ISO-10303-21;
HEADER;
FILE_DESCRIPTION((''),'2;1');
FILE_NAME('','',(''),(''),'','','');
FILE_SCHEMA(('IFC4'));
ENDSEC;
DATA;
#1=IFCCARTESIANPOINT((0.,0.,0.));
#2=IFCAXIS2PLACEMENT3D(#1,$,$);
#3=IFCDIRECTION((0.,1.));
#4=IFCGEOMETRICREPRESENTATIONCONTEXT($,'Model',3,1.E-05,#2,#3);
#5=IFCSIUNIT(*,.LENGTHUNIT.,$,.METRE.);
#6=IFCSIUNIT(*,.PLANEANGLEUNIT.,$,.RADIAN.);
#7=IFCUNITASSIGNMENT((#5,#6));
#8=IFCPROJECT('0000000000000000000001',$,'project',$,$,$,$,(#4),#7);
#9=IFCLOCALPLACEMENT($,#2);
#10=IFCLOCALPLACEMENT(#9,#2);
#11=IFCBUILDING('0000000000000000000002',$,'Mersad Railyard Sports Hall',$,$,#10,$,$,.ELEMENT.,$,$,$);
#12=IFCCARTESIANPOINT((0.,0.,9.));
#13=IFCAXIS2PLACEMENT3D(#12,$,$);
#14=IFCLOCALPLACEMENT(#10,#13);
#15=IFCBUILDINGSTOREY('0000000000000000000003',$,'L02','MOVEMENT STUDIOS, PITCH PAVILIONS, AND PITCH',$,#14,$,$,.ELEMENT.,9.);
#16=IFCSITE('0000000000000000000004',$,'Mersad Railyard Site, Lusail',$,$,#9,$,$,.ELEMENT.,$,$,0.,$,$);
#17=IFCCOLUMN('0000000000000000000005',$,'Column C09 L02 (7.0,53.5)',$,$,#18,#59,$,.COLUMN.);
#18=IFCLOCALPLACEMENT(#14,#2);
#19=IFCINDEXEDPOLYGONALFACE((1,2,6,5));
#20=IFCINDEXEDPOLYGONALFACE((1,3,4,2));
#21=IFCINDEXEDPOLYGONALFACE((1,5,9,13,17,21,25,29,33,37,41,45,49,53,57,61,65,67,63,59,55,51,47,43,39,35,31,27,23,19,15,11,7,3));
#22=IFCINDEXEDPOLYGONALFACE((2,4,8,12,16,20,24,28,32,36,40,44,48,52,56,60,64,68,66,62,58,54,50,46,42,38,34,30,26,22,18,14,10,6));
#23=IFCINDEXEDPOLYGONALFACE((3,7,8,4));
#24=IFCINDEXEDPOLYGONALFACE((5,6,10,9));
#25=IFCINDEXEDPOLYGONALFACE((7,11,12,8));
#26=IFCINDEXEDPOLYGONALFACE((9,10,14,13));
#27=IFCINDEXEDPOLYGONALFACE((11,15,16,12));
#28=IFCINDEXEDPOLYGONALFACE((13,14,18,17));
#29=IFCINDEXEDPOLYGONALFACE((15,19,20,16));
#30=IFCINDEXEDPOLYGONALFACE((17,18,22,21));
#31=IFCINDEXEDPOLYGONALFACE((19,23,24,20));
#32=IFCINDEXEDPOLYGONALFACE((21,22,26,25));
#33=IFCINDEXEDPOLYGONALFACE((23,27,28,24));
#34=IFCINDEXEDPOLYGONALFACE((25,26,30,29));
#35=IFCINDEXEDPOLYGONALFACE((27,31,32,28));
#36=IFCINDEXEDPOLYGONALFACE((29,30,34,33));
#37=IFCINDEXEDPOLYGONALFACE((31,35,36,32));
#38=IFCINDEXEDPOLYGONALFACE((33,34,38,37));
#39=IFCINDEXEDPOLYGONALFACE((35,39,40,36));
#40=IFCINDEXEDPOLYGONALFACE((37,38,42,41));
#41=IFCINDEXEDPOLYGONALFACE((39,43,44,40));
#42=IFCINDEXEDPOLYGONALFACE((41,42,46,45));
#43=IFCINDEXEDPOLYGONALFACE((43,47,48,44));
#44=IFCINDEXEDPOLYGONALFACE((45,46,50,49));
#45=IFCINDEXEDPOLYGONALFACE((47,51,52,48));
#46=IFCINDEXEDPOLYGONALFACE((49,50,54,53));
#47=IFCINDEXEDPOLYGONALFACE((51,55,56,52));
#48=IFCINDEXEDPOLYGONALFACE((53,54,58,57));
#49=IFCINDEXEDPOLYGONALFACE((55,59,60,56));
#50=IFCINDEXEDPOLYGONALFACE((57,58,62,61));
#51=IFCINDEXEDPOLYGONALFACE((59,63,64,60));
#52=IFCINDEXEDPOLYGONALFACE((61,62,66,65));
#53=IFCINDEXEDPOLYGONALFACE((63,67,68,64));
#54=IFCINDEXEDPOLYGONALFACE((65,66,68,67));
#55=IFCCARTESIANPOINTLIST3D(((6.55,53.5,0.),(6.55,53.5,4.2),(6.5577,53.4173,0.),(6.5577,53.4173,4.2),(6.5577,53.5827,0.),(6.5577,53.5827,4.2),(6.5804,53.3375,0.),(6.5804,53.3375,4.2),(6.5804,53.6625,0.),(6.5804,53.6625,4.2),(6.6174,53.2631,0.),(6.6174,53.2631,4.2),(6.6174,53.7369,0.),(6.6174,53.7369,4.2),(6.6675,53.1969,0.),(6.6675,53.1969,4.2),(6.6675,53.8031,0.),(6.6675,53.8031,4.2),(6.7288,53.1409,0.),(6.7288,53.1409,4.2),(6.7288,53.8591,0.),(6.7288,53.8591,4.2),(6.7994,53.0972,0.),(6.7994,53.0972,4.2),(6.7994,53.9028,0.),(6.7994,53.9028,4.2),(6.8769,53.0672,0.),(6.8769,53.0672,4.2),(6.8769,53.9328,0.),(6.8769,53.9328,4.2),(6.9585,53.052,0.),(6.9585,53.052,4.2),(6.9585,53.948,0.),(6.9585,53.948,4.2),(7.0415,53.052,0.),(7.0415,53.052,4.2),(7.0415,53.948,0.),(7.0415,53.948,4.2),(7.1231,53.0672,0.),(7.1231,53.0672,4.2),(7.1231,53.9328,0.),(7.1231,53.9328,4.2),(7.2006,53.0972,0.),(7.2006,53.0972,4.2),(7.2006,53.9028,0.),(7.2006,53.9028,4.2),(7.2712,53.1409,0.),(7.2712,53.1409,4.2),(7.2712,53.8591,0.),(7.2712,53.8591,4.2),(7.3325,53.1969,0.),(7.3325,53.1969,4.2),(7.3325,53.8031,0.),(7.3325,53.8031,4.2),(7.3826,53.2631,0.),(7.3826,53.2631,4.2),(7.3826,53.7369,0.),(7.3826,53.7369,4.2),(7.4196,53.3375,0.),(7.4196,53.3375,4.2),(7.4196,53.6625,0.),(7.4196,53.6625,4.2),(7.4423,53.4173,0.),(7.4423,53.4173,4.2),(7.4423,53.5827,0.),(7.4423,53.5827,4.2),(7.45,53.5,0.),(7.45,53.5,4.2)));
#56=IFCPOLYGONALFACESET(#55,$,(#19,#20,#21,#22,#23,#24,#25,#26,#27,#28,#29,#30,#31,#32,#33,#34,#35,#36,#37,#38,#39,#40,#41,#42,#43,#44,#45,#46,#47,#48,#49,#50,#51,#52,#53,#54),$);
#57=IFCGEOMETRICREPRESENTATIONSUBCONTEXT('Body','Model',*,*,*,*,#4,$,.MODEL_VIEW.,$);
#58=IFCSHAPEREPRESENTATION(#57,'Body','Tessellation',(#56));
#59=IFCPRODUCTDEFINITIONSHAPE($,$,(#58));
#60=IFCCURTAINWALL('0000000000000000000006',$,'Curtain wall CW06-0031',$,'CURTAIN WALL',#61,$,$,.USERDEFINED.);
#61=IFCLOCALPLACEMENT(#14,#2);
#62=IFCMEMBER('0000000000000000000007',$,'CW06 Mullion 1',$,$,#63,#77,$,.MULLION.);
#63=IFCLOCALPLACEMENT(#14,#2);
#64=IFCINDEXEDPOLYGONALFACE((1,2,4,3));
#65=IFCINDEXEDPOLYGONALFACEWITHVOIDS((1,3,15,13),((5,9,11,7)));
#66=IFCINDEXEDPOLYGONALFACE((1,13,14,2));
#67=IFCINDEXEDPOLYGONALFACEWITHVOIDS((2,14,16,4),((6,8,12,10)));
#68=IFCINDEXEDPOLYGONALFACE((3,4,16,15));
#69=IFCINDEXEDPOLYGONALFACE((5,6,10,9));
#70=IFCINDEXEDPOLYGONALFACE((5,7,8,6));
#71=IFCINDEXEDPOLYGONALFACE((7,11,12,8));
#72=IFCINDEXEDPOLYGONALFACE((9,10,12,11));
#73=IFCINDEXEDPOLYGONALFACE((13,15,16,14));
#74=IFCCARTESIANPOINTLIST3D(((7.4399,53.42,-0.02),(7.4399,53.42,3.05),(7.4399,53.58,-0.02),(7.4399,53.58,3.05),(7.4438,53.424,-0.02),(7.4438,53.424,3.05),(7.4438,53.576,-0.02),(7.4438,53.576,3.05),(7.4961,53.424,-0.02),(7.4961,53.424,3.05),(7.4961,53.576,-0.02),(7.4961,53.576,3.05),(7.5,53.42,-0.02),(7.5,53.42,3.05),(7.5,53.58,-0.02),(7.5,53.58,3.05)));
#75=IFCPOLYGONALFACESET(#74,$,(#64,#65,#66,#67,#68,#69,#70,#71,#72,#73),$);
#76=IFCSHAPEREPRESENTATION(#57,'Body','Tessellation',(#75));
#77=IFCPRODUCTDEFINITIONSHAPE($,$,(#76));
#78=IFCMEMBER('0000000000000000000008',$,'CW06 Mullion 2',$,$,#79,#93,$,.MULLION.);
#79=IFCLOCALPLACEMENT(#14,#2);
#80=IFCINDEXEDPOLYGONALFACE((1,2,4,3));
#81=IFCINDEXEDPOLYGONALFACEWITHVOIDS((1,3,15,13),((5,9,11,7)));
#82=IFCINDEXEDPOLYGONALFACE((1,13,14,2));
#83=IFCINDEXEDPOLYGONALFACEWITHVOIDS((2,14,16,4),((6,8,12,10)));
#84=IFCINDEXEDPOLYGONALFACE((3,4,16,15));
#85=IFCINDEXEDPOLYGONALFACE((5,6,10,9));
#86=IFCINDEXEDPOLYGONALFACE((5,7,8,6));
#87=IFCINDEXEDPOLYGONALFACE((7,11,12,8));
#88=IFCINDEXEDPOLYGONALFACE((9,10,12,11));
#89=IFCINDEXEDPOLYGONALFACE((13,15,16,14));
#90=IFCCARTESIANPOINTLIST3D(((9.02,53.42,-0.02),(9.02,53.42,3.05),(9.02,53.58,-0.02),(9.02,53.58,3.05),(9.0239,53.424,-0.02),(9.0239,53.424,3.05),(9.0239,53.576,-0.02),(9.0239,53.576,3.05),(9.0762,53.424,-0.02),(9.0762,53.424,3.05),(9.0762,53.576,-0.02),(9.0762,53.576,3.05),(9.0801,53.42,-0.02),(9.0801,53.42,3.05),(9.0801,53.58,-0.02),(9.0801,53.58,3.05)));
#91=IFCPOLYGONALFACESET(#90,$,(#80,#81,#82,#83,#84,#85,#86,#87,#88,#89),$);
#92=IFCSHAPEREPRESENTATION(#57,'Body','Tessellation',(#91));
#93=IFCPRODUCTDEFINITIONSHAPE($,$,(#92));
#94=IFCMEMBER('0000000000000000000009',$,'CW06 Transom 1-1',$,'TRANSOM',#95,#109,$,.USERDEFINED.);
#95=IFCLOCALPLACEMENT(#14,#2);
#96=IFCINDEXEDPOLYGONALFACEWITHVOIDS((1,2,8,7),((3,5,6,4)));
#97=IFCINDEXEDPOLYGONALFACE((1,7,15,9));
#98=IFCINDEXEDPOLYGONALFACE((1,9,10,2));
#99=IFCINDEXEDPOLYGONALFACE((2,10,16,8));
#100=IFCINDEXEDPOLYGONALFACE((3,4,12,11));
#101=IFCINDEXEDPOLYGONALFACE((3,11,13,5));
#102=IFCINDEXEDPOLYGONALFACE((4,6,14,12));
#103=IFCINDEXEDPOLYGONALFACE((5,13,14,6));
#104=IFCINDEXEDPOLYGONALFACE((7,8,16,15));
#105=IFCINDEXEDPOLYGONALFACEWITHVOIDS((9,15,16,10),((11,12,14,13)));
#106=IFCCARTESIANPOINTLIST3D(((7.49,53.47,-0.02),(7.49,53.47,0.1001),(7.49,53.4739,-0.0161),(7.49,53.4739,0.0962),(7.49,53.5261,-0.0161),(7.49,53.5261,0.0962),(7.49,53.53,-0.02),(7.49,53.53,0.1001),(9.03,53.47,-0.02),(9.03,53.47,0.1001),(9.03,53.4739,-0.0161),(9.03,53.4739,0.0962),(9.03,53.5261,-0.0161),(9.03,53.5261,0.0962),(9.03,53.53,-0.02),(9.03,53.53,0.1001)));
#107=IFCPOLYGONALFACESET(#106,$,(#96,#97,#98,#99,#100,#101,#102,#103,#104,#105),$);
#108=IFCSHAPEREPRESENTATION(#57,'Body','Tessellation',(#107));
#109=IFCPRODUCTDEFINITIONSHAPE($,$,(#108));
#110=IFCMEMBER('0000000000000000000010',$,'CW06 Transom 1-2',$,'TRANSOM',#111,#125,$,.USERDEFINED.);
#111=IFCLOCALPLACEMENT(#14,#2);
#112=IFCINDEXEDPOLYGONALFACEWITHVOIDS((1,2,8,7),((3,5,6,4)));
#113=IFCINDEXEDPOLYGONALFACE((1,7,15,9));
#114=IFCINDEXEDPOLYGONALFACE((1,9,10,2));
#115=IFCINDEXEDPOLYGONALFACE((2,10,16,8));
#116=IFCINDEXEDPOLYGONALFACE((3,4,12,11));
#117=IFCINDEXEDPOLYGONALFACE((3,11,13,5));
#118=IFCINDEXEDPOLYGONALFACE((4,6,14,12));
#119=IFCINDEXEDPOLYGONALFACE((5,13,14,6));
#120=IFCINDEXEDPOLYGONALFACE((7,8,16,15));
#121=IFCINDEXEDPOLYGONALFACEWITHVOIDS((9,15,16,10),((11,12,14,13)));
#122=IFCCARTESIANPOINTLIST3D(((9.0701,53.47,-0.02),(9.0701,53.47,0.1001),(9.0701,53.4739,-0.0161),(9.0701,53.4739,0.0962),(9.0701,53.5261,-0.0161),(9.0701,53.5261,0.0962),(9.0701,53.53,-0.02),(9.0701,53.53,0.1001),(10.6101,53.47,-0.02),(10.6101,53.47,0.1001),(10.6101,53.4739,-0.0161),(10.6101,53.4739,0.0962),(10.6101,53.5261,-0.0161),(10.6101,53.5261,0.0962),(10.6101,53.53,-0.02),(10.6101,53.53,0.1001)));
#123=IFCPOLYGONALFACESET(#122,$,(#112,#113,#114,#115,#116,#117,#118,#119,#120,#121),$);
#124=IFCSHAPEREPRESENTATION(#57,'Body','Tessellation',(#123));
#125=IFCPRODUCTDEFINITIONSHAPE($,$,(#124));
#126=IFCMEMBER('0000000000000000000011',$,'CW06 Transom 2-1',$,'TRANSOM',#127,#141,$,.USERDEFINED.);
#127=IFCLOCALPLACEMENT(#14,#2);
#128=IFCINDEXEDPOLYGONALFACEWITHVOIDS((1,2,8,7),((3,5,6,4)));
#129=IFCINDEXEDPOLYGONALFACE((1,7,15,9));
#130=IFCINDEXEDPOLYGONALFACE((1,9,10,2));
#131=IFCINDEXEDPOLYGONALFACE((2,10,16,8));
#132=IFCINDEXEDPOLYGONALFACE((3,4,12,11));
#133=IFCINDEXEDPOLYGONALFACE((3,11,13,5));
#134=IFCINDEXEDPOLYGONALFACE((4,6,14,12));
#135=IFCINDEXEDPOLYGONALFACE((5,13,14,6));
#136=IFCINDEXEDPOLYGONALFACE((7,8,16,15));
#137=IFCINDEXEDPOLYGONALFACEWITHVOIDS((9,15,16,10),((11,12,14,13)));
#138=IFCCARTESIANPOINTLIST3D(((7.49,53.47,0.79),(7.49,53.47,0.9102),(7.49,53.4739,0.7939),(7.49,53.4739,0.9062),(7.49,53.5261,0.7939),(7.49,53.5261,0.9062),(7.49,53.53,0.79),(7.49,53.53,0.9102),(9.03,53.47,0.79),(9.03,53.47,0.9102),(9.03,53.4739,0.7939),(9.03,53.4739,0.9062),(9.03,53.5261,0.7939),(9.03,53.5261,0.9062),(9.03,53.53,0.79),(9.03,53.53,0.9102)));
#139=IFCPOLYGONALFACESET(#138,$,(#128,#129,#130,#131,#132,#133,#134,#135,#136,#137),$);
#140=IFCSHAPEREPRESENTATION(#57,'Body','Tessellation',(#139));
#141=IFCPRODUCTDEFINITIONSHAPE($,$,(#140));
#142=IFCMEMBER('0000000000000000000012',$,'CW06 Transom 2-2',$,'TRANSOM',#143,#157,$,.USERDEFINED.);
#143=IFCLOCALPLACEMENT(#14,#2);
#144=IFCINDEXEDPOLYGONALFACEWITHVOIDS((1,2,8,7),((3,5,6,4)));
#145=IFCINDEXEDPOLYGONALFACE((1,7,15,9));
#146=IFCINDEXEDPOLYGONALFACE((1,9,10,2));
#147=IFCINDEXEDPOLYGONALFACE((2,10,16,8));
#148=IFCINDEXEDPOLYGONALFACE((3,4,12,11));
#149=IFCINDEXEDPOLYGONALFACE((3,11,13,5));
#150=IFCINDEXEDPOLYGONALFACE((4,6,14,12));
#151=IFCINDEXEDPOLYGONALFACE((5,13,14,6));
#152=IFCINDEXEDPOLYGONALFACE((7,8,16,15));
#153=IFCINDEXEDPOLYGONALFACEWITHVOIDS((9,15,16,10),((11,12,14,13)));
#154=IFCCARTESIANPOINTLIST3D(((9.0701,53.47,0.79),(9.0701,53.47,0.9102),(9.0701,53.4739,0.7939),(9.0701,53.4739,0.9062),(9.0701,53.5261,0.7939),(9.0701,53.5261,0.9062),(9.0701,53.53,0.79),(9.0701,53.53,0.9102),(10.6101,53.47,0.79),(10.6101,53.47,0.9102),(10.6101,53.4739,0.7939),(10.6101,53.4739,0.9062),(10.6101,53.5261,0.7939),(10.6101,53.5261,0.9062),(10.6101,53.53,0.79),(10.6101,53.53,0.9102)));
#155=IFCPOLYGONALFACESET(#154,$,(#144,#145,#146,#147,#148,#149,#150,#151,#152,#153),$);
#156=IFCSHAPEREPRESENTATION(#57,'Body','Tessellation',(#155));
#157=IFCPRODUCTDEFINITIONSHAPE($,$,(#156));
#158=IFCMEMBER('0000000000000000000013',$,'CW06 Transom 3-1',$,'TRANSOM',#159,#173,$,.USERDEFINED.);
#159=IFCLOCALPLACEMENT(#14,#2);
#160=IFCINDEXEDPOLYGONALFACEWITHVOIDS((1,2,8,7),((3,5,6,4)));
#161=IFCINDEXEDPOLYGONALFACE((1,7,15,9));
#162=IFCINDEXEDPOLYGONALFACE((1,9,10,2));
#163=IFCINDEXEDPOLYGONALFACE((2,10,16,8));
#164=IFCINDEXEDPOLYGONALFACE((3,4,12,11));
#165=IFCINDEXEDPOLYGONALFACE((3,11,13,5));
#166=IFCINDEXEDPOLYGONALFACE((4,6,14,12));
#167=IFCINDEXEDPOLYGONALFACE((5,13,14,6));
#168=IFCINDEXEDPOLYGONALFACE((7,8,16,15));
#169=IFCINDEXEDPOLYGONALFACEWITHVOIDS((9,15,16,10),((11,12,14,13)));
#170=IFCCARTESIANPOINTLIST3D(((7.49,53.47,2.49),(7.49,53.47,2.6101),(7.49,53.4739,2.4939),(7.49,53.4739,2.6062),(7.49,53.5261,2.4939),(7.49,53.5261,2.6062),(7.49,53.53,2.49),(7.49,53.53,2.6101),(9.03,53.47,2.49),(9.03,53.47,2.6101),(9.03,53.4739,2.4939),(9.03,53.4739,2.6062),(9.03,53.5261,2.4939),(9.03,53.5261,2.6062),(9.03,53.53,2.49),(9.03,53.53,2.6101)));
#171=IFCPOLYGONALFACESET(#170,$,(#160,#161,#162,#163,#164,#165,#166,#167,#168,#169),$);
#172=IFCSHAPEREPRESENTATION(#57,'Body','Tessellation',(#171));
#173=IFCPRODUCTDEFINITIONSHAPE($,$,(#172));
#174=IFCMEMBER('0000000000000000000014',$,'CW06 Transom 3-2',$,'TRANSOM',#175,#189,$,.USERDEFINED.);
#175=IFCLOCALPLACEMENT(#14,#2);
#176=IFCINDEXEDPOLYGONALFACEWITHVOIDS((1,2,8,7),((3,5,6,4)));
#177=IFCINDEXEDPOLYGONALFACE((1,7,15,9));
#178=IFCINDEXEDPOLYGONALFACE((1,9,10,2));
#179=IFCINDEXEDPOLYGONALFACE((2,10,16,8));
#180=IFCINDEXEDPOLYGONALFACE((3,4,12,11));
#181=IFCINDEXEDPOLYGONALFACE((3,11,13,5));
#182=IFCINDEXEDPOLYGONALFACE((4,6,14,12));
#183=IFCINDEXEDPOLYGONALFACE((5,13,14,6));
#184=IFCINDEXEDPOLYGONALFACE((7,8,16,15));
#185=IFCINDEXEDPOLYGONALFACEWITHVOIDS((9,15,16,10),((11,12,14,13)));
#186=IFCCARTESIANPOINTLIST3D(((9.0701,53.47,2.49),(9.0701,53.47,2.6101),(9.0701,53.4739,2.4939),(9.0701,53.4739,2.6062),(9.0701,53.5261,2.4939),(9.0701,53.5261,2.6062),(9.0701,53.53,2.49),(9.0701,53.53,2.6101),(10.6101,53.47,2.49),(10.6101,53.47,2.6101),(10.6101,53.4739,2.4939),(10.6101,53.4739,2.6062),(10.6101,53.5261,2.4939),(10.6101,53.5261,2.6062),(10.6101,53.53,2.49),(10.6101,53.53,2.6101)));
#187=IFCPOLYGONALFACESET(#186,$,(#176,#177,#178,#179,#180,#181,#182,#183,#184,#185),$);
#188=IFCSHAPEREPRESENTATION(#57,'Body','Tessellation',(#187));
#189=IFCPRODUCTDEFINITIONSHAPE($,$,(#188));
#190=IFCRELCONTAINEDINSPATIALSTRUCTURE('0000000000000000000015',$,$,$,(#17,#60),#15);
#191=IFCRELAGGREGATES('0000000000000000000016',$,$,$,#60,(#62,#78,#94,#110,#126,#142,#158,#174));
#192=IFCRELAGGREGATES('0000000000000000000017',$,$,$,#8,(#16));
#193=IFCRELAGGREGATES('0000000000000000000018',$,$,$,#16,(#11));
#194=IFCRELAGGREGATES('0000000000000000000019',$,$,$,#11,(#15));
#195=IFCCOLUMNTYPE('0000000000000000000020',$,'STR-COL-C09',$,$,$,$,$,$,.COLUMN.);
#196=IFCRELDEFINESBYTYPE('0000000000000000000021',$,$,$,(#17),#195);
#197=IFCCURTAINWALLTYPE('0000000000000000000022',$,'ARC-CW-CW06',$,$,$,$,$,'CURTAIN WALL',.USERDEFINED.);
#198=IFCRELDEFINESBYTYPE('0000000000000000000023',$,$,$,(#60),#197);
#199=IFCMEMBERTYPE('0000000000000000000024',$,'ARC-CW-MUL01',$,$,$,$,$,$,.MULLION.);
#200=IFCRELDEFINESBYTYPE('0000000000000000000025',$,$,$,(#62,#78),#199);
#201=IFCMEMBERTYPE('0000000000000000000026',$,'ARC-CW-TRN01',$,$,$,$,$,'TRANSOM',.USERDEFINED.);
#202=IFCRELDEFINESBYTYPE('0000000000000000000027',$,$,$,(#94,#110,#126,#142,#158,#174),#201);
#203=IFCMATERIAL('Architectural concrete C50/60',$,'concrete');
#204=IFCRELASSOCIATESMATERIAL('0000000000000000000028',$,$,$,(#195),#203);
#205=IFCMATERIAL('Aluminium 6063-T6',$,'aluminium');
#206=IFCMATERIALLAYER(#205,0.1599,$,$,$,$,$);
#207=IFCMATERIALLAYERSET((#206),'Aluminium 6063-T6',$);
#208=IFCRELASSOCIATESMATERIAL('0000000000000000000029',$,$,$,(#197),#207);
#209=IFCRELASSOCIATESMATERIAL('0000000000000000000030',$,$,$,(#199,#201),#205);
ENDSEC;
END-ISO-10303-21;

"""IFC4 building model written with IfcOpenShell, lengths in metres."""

from ifc_helpers import new_model, si_unit, direction, frame, origin, origin_2d, place, context, subcontext, project, spatial, hollow_rectangle, circle, extrude, material, layer, layer_set, material_profile, profile_set, type_object, element, aggregate, save


model = new_model("IFC4")

# Units and contexts
model_context = context("Model", 3, precision=1e-05, world=origin(), true_north=direction((0.0, 1.0)))
body_context = subcontext(model_context, "Body", "Model", "MODEL_VIEW")
ifc_project = project(units=[si_unit("LENGTHUNIT", "METRE"), si_unit("PLANEANGLEUNIT", "RADIAN")], contexts=[model_context])

# Site, building, storey
site_placement = place(None, origin())
site = spatial("IfcSite", under=ifc_project, at=site_placement, Name="Mersad Railyard Site, Lusail", CompositionType="ELEMENT", RefElevation=0.0)
building_placement = place(site_placement, origin())
building = spatial("IfcBuilding", under=site, at=building_placement, Name="Mersad Railyard Sports Hall", CompositionType="ELEMENT")
storey_placement = place(building_placement, frame((0.0, 0.0, 9.0)))
storey = spatial("IfcBuildingStorey", under=building, at=storey_placement, Name="L02", Description="MOVEMENT STUDIOS, PITCH PAVILIONS, AND PITCH", CompositionType="ELEMENT", Elevation=9.0)

# Column
ifc_material_1 = material(Name="Architectural concrete C50/60", Category="concrete")
ifc_material_profile_1 = material_profile(ifc_material_1, circle(Radius=0.45, at=origin_2d()), Name="RC D900")
ifc_profile_set_1 = profile_set([ifc_material_profile_1], Name="Architectural concrete C50/60")
column_type = type_object("IfcColumnType", Name="STR-COL-C09", PredefinedType="COLUMN", material=ifc_profile_set_1)
column_placement = place(storey_placement, frame((7.0, 53.5, 0.0), z_axis=(0.0, 0.0, 1.0), x_axis=(1.0, 0.0, 0.0)))
element("IfcColumn", 1, at=column_placement, inside=storey, type_object=column_type, Name="Column C09 L02 (7.0,53.5)", PredefinedType="COLUMN", context=body_context, shape_type="SweptSolid", body=[
    extrude(circle(Radius=0.45, at=origin_2d()), origin(), (0.0, 0.0, 1.0), 4.2),
])

# Curtain wall, members
ifc_material_2 = material(Name="Aluminium 6063-T6", Category="aluminium")
ifc_layer_1 = layer(ifc_material_2, 0.1599)
ifc_layer_set_1 = layer_set([ifc_layer_1], Name="Aluminium 6063-T6")
curtain_wall_type = type_object("IfcCurtainWallType", Name="ARC-CW-CW06", ElementType="CURTAIN WALL", PredefinedType="USERDEFINED", material=ifc_layer_set_1)
curtain_wall_placement = place(storey_placement, origin())
curtain_wall = element("IfcCurtainWall", 2, at=curtain_wall_placement, inside=storey, type_object=curtain_wall_type, Name="Curtain wall CW06-0031", ObjectType="CURTAIN WALL", PredefinedType="USERDEFINED")
ifc_material_profile_2 = material_profile(ifc_material_2, hollow_rectangle(XDim=0.0601, YDim=0.1599, WallThickness=0.0039, at=origin_2d()), Name="AL MULLION 60x160x4")
ifc_profile_set_2 = profile_set([ifc_material_profile_2], Name="Aluminium 6063-T6")
member_type_1 = type_object("IfcMemberType", Name="ARC-CW-MUL01", PredefinedType="MULLION", material=ifc_profile_set_2)
member_1_placement = place(storey_placement, frame((7.47, 53.5, -0.02), z_axis=(0.0, 0.0, 1.0), x_axis=(1.0, 0.0, 0.0)))
member_1 = element("IfcMember", 3, at=member_1_placement, type_object=member_type_1, Name="CW06 Mullion 1", PredefinedType="MULLION", context=body_context, shape_type="SweptSolid", body=[
    extrude(hollow_rectangle(XDim=0.0601, YDim=0.1599, WallThickness=0.0039, at=origin_2d()), origin(), (0.0, 0.0, 1.0), 3.0701),
])
member_2_placement = place(storey_placement, frame((9.05, 53.5, -0.02), z_axis=(0.0, 0.0, 1.0), x_axis=(1.0, 0.0, 0.0)))
member_2 = element("IfcMember", 4, at=member_2_placement, type_object=member_type_1, Name="CW06 Mullion 2", PredefinedType="MULLION", context=body_context, shape_type="SweptSolid", body=[
    extrude(hollow_rectangle(XDim=0.0601, YDim=0.1599, WallThickness=0.0039, at=origin_2d()), origin(), (0.0, 0.0, 1.0), 3.0701),
])
ifc_material_profile_3 = material_profile(ifc_material_2, hollow_rectangle(XDim=0.0601, YDim=0.1201, WallThickness=0.0039, at=origin_2d()), Name="AL TRANSOM 60x120x4")
ifc_profile_set_3 = profile_set([ifc_material_profile_3], Name="Aluminium 6063-T6")
member_type_2 = type_object("IfcMemberType", Name="ARC-CW-TRN01", ElementType="TRANSOM", PredefinedType="USERDEFINED", material=ifc_profile_set_3)
member_3_placement = place(storey_placement, frame((7.49, 53.5, 0.04), z_axis=(1.0, 0.0, 0.0), x_axis=(0.0, 1.0, 0.0)))
member_3 = element("IfcMember", 5, at=member_3_placement, type_object=member_type_2, Name="CW06 Transom 1-1", ObjectType="TRANSOM", PredefinedType="USERDEFINED", context=body_context, shape_type="SweptSolid", body=[
    extrude(hollow_rectangle(XDim=0.0601, YDim=0.1201, WallThickness=0.0039, at=origin_2d()), origin(), (0.0, 0.0, 1.0), 1.54),
])
member_4_placement = place(storey_placement, frame((9.0701, 53.5, 0.04), z_axis=(1.0, 0.0, 0.0), x_axis=(0.0, 1.0, 0.0)))
member_4 = element("IfcMember", 6, at=member_4_placement, type_object=member_type_2, Name="CW06 Transom 1-2", ObjectType="TRANSOM", PredefinedType="USERDEFINED", context=body_context, shape_type="SweptSolid", body=[
    extrude(hollow_rectangle(XDim=0.0601, YDim=0.1201, WallThickness=0.0039, at=origin_2d()), origin(), (0.0, 0.0, 1.0), 1.54),
])
member_5_placement = place(storey_placement, frame((7.49, 53.5, 0.8501), z_axis=(1.0, 0.0, 0.0), x_axis=(0.0, 1.0, 0.0)))
member_5 = element("IfcMember", 7, at=member_5_placement, type_object=member_type_2, Name="CW06 Transom 2-1", ObjectType="TRANSOM", PredefinedType="USERDEFINED", context=body_context, shape_type="SweptSolid", body=[
    extrude(hollow_rectangle(XDim=0.0601, YDim=0.1201, WallThickness=0.0039, at=origin_2d()), origin(), (0.0, 0.0, 1.0), 1.54),
])
member_6_placement = place(storey_placement, frame((9.0701, 53.5, 0.8501), z_axis=(1.0, 0.0, 0.0), x_axis=(0.0, 1.0, 0.0)))
member_6 = element("IfcMember", 8, at=member_6_placement, type_object=member_type_2, Name="CW06 Transom 2-2", ObjectType="TRANSOM", PredefinedType="USERDEFINED", context=body_context, shape_type="SweptSolid", body=[
    extrude(hollow_rectangle(XDim=0.0601, YDim=0.1201, WallThickness=0.0039, at=origin_2d()), origin(), (0.0, 0.0, 1.0), 1.54),
])
member_7_placement = place(storey_placement, frame((7.49, 53.5, 2.55), z_axis=(1.0, 0.0, 0.0), x_axis=(0.0, 1.0, 0.0)))
member_7 = element("IfcMember", 9, at=member_7_placement, type_object=member_type_2, Name="CW06 Transom 3-1", ObjectType="TRANSOM", PredefinedType="USERDEFINED", context=body_context, shape_type="SweptSolid", body=[
    extrude(hollow_rectangle(XDim=0.0601, YDim=0.1201, WallThickness=0.0039, at=origin_2d()), origin(), (0.0, 0.0, 1.0), 1.54),
])
member_8_placement = place(storey_placement, frame((9.0701, 53.5, 2.55), z_axis=(1.0, 0.0, 0.0), x_axis=(0.0, 1.0, 0.0)))
member_8 = element("IfcMember", 10, at=member_8_placement, type_object=member_type_2, Name="CW06 Transom 3-2", ObjectType="TRANSOM", PredefinedType="USERDEFINED", context=body_context, shape_type="SweptSolid", body=[
    extrude(hollow_rectangle(XDim=0.0601, YDim=0.1201, WallThickness=0.0039, at=origin_2d()), origin(), (0.0, 0.0, 1.0), 1.54),
])
aggregate(curtain_wall, [member_1, member_2, member_3, member_4, member_5, member_6, member_7, member_8])

save(model, "model.ifc")
